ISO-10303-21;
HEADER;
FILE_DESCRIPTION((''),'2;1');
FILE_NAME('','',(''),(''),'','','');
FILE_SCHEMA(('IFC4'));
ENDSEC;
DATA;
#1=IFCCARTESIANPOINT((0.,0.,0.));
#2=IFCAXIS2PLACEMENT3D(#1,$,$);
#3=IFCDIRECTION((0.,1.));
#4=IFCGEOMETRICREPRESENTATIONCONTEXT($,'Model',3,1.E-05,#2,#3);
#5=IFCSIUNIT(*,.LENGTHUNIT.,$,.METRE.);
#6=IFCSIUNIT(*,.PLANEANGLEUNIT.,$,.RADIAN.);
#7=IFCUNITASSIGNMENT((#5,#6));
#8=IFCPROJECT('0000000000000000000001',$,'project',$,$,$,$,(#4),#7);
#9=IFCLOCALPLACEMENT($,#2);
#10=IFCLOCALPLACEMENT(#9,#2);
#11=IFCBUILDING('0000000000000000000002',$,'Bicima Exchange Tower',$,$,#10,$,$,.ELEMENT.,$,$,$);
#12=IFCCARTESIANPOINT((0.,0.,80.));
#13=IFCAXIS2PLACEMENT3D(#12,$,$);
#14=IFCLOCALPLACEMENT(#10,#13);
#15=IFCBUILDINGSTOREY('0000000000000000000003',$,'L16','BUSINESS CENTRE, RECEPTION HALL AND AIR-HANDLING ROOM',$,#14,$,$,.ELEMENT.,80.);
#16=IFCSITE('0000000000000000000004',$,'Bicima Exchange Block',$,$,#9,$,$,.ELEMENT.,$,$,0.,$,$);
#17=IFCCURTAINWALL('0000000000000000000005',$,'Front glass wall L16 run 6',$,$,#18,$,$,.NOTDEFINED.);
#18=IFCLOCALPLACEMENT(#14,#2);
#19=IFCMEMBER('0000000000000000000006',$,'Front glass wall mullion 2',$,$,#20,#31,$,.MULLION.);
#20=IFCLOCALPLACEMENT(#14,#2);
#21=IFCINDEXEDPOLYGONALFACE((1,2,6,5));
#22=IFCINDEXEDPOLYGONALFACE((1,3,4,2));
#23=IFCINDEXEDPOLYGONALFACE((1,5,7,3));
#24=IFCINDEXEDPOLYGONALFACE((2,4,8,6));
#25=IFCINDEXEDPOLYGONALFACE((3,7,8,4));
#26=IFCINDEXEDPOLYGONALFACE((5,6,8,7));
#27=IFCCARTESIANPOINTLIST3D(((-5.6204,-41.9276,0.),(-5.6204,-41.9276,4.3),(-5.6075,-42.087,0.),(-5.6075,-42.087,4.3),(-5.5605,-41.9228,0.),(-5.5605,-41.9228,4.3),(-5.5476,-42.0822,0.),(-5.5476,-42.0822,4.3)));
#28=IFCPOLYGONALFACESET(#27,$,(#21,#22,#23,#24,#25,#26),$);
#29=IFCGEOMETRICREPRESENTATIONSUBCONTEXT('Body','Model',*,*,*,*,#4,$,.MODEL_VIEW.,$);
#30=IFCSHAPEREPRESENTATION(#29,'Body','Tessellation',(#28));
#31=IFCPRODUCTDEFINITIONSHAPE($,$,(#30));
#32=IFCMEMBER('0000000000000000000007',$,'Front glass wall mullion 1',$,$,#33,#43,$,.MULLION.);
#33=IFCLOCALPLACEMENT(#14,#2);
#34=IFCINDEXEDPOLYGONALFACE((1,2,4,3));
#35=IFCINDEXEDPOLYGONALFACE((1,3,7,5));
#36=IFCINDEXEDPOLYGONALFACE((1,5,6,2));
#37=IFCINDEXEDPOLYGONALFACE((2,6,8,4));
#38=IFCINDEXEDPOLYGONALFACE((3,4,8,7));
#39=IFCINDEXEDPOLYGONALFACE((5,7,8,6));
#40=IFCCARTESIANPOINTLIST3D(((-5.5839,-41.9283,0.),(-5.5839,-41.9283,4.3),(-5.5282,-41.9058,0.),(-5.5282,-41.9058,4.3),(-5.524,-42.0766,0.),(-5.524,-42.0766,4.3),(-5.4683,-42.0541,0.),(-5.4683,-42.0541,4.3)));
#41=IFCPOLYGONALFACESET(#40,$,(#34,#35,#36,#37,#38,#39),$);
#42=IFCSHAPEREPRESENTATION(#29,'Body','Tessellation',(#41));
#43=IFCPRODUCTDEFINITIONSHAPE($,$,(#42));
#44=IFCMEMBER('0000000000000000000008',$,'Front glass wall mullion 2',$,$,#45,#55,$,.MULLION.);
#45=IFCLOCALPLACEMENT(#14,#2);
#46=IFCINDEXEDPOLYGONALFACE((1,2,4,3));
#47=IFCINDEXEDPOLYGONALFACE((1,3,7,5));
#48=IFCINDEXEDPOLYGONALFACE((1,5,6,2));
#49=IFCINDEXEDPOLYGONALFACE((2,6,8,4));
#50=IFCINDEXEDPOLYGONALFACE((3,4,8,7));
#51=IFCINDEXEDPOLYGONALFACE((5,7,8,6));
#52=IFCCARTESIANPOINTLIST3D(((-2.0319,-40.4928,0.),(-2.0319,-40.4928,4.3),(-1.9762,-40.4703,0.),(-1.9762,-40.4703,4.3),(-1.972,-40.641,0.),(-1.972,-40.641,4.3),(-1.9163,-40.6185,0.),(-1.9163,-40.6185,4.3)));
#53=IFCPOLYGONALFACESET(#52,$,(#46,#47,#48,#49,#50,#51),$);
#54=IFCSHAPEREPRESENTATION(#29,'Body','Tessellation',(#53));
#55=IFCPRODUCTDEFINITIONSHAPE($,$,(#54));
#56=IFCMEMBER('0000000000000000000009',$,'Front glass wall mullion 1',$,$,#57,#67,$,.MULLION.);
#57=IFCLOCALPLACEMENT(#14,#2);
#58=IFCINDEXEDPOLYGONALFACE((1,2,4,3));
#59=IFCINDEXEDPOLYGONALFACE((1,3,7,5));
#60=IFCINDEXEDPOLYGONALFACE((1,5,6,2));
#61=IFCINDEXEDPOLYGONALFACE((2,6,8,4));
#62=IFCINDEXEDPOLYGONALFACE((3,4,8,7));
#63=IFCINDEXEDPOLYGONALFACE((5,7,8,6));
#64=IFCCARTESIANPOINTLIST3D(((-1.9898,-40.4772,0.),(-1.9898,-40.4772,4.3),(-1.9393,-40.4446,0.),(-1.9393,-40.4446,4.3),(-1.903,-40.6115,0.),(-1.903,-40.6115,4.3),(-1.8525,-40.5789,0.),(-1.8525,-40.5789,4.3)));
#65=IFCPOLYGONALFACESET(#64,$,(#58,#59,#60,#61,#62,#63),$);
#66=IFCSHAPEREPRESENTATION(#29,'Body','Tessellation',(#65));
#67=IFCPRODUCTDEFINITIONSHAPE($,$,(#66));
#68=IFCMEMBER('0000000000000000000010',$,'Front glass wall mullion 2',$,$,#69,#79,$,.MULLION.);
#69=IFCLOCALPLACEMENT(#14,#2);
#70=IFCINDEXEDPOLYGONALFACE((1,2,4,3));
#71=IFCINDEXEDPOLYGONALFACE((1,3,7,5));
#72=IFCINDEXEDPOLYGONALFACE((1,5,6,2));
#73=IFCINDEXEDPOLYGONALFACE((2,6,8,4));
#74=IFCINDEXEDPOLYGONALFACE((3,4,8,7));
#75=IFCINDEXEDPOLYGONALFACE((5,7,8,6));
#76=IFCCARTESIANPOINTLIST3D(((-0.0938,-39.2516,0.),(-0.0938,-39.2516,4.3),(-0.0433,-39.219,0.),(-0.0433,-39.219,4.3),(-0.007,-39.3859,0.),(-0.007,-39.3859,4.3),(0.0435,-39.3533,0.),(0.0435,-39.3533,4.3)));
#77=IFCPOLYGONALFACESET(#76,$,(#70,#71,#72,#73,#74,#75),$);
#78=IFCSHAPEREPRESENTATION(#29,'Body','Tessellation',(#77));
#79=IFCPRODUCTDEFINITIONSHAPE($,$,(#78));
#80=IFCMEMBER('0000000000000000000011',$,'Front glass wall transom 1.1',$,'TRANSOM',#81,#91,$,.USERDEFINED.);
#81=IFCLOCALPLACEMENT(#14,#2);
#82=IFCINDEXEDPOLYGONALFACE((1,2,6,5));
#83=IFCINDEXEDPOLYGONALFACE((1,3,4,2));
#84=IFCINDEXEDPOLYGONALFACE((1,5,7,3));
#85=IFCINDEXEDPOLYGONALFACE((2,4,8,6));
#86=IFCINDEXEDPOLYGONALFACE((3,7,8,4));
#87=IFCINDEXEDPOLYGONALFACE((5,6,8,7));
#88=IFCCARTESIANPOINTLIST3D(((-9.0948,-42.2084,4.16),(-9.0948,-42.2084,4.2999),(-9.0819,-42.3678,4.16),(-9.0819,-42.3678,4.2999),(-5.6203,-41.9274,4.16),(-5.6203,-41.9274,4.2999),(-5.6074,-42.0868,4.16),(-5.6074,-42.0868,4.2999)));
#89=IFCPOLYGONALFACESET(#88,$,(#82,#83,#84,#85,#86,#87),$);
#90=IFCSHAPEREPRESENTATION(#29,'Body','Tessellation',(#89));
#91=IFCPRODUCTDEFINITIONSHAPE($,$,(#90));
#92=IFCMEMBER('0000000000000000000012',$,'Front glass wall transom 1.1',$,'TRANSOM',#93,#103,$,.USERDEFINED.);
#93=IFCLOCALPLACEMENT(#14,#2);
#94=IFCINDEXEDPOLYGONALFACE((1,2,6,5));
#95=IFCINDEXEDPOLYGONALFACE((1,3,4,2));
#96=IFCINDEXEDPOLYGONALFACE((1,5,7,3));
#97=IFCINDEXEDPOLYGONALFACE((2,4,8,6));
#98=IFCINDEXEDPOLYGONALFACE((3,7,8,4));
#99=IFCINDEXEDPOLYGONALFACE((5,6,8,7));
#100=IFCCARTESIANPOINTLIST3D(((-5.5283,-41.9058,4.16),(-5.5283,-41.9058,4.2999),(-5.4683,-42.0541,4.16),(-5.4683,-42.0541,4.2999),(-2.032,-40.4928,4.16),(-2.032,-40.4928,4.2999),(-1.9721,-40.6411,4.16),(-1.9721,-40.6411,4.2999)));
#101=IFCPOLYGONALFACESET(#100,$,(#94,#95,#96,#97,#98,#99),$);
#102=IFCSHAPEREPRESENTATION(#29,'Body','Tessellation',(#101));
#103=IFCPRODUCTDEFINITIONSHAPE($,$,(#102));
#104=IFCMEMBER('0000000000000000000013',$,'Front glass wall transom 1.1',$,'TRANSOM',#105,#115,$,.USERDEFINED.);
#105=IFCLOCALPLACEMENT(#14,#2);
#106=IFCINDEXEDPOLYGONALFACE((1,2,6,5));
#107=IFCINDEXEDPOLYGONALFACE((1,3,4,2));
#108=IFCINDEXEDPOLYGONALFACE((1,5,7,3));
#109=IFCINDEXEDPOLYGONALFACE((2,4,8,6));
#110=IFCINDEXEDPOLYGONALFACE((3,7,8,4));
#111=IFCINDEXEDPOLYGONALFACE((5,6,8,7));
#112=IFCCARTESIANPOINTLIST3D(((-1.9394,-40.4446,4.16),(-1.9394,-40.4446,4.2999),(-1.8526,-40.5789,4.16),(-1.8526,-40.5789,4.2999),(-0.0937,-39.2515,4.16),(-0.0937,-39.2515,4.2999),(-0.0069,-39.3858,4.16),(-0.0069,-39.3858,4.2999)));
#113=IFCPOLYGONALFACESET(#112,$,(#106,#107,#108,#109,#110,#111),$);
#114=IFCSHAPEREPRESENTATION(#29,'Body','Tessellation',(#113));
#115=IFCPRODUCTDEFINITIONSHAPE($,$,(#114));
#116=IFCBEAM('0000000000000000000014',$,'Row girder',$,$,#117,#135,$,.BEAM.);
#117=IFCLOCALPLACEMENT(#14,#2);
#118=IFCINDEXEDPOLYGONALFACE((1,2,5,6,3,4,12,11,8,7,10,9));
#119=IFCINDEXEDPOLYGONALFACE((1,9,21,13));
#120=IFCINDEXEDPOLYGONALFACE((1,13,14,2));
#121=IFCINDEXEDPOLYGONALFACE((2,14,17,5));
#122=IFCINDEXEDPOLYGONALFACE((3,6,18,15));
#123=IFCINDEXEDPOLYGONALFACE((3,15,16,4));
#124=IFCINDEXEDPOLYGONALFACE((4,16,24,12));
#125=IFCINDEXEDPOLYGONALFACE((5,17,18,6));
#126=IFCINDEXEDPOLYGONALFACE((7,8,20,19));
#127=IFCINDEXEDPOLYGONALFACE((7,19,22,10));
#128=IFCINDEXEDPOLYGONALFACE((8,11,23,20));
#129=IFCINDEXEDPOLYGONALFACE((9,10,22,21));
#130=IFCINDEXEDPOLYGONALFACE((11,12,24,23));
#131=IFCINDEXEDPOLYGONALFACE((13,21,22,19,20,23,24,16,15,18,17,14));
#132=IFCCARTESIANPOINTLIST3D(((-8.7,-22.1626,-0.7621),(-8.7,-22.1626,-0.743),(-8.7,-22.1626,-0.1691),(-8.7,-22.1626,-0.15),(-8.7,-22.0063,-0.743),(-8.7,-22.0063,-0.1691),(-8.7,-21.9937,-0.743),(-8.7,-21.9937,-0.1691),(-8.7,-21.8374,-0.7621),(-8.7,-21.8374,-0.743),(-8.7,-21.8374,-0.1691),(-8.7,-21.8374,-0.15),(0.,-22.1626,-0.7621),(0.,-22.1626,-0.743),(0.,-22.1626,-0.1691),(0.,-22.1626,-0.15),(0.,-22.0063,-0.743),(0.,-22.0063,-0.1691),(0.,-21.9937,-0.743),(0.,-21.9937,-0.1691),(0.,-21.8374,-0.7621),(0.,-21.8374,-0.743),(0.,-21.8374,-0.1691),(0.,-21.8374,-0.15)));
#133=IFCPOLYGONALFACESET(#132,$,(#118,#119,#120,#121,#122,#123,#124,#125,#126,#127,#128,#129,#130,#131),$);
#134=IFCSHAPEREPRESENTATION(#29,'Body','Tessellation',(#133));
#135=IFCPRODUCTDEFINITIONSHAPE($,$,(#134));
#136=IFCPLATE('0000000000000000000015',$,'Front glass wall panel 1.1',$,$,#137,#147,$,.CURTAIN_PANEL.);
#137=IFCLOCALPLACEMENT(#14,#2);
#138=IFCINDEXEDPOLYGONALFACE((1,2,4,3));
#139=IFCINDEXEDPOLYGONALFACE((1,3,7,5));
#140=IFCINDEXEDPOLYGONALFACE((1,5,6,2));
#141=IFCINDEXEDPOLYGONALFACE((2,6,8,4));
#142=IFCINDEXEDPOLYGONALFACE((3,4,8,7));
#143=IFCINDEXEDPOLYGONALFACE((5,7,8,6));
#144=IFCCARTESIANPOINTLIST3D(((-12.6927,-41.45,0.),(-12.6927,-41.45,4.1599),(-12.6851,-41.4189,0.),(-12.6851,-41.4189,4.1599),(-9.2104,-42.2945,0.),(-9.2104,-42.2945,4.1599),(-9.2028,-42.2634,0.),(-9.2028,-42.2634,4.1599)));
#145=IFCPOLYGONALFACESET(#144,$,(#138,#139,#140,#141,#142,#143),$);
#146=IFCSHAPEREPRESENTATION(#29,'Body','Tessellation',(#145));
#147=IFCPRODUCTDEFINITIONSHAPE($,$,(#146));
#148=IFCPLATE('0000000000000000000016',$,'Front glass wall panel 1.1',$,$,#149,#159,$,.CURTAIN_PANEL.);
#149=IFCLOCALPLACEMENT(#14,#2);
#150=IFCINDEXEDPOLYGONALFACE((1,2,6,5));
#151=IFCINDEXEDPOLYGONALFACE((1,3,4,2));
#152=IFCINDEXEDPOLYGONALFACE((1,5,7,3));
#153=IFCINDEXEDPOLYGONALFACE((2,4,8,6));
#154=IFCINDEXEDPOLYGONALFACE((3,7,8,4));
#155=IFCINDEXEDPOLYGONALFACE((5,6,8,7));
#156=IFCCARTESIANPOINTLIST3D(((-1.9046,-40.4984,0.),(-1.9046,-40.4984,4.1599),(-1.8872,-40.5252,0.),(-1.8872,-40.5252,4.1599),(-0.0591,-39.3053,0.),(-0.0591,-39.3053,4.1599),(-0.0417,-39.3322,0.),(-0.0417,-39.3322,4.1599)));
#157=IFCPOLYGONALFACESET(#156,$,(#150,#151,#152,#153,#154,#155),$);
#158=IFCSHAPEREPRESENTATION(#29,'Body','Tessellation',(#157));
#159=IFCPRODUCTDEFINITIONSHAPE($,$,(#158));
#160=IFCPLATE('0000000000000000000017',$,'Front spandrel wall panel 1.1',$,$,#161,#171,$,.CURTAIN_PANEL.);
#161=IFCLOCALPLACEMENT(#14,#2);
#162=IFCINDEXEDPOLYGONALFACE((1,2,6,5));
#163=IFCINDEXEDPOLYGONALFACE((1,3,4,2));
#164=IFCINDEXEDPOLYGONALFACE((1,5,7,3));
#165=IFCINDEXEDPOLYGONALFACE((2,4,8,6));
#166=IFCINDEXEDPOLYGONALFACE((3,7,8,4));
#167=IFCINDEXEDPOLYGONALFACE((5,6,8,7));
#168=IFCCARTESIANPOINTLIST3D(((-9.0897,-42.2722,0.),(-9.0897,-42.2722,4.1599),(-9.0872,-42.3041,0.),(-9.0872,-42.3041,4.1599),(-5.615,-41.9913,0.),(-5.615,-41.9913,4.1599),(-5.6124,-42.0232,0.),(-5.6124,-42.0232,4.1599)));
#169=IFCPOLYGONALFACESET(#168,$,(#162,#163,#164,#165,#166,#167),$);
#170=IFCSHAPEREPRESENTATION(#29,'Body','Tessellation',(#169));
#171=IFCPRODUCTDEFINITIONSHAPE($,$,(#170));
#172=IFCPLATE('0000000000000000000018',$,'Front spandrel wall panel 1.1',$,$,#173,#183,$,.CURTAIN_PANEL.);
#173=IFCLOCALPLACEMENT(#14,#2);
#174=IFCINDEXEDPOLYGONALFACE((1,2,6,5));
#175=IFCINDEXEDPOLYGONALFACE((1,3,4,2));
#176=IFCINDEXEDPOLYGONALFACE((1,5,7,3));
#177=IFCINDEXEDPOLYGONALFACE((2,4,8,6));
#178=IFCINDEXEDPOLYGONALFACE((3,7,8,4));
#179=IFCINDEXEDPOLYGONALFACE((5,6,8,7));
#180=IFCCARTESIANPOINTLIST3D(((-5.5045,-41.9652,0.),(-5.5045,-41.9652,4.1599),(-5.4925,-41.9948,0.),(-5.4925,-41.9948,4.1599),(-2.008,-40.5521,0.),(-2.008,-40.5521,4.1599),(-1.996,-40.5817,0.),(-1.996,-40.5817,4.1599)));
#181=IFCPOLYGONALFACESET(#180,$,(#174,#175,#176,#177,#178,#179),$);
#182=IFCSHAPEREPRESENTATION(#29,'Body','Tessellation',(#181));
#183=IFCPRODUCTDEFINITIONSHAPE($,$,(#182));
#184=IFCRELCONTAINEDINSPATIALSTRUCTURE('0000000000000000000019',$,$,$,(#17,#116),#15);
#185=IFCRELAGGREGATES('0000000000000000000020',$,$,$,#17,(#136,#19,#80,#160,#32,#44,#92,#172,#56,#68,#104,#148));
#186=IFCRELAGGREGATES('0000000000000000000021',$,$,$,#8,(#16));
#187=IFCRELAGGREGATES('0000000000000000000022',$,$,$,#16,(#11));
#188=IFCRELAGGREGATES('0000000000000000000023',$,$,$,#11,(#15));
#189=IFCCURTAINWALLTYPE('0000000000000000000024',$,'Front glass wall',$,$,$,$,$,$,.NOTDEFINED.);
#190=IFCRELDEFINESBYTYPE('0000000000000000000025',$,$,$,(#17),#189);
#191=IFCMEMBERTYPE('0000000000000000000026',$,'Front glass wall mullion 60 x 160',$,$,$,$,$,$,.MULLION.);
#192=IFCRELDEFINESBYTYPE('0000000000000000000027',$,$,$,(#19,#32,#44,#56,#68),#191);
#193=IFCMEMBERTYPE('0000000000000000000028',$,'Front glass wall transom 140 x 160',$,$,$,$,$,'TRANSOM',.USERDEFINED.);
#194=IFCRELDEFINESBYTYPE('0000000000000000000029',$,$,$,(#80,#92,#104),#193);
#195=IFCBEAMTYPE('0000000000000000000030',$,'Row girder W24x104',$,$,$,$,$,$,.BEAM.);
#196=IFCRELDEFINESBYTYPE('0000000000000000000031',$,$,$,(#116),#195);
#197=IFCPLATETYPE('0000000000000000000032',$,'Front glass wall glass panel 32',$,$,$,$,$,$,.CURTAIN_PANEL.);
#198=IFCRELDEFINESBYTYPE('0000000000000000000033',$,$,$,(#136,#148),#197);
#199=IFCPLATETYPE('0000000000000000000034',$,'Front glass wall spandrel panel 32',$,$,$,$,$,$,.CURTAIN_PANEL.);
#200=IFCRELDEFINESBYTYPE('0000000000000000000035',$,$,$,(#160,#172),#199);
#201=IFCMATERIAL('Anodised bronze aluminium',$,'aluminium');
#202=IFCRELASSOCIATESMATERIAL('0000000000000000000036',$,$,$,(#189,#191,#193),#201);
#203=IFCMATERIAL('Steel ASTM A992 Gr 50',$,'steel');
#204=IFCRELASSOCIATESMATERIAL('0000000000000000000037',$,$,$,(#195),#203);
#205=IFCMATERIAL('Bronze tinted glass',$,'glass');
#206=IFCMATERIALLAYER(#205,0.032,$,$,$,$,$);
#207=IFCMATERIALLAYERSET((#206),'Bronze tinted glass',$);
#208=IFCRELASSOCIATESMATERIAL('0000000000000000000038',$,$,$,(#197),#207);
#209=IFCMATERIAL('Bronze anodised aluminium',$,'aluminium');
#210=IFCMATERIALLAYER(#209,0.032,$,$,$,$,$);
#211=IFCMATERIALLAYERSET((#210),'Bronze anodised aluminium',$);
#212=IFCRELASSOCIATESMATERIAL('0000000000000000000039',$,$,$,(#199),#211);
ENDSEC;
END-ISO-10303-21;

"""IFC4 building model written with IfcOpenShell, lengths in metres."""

from ifc_helpers import new_model, si_unit, direction, frame, origin, origin_2d, place, context, subcontext, project, spatial, rectangle, i_section, extrude, material, layer, layer_set, material_profile, profile_set, type_object, element, aggregate, save


model = new_model("IFC4")

# Units and contexts
model_context = context("Model", 3, precision=1e-05, world=origin(), true_north=direction((0.0, 1.0)))
body_context = subcontext(model_context, "Body", "Model", "MODEL_VIEW")
ifc_project = project(units=[si_unit("LENGTHUNIT", "METRE"), si_unit("PLANEANGLEUNIT", "RADIAN")], contexts=[model_context])

# Site, building, storey
site_placement = place(None, origin())
site = spatial("IfcSite", under=ifc_project, at=site_placement, Name="Bicima Exchange Block", CompositionType="ELEMENT", RefElevation=0.0)
building_placement = place(site_placement, origin())
building = spatial("IfcBuilding", under=site, at=building_placement, Name="Bicima Exchange Tower", CompositionType="ELEMENT")
storey_placement = place(building_placement, frame((0.0, 0.0, 80.0)))
storey = spatial("IfcBuildingStorey", under=building, at=storey_placement, Name="L16", Description="BUSINESS CENTRE, RECEPTION HALL AND AIR-HANDLING ROOM", CompositionType="ELEMENT", Elevation=80.0)

# Shared definitions
ifc_material_1 = material(Name="Steel ASTM A992 Gr 50", Category="steel")

# Curtain wall, members
ifc_material_2 = material(Name="Anodised bronze aluminium", Category="aluminium")
curtain_wall_type = type_object("IfcCurtainWallType", Name="Front glass wall", PredefinedType="NOTDEFINED", material=ifc_material_2)
curtain_wall_placement = place(storey_placement, origin())
curtain_wall = element("IfcCurtainWall", 1, at=curtain_wall_placement, inside=storey, type_object=curtain_wall_type, Name="Front glass wall L16 run 6", PredefinedType="NOTDEFINED")
ifc_material_profile_1 = material_profile(ifc_material_2, rectangle(XDim=0.1599, YDim=0.0601, at=origin_2d()))
ifc_profile_set_1 = profile_set([ifc_material_profile_1], Name="Anodised bronze aluminium")
member_type_1 = type_object("IfcMemberType", Name="Front glass wall mullion 60 x 160", PredefinedType="MULLION", material=ifc_profile_set_1)
member_1_placement = place(storey_placement, frame((-5.584, -42.0049, 0.0), z_axis=(0.0, 0.0, 1.0), x_axis=(-0.080589, 0.996747, 0.0)))
member_1 = element("IfcMember", 2, at=member_1_placement, type_object=member_type_1, Name="Front glass wall mullion 2", PredefinedType="MULLION", context=body_context, shape_type="SweptSolid", body=[
    extrude(rectangle(XDim=0.1599, YDim=0.0601, at=origin_2d()), origin(), (0.0, 0.0, 1.0), 4.3),
])
member_2_placement = place(storey_placement, frame((-5.5261, -41.9912, 0.0), z_axis=(0.0, 0.0, 1.0), x_axis=(-0.374705, 0.927144, 0.0)))
member_2 = element("IfcMember", 3, at=member_2_placement, type_object=member_type_1, Name="Front glass wall mullion 1", PredefinedType="MULLION", context=body_context, shape_type="SweptSolid", body=[
    extrude(rectangle(XDim=0.1599, YDim=0.0601, at=origin_2d()), origin(), (0.0, 0.0, 1.0), 4.3),
])
member_3_placement = place(storey_placement, frame((-1.9741, -40.5557, 0.0), z_axis=(0.0, 0.0, 1.0), x_axis=(-0.374705, 0.927144, 0.0)))
member_3 = element("IfcMember", 4, at=member_3_placement, type_object=member_type_1, Name="Front glass wall mullion 2", PredefinedType="MULLION", context=body_context, shape_type="SweptSolid", body=[
    extrude(rectangle(XDim=0.1599, YDim=0.0601, at=origin_2d()), origin(), (0.0, 0.0, 1.0), 4.3),
])
member_4_placement = place(storey_placement, frame((-1.9211, -40.5281, 0.0), z_axis=(0.0, 0.0, 1.0), x_axis=(-0.542897, 0.839799, 0.0)))
member_4 = element("IfcMember", 5, at=member_4_placement, type_object=member_type_1, Name="Front glass wall mullion 1", PredefinedType="MULLION", context=body_context, shape_type="SweptSolid", body=[
    extrude(rectangle(XDim=0.1599, YDim=0.0601, at=origin_2d()), origin(), (0.0, 0.0, 1.0), 4.3),
])
member_5_placement = place(storey_placement, frame((-0.0251, -39.3025, 0.0), z_axis=(0.0, 0.0, 1.0), x_axis=(-0.542897, 0.839799, 0.0)))
member_5 = element("IfcMember", 6, at=member_5_placement, type_object=member_type_1, Name="Front glass wall mullion 2", PredefinedType="MULLION", context=body_context, shape_type="SweptSolid", body=[
    extrude(rectangle(XDim=0.1599, YDim=0.0601, at=origin_2d()), origin(), (0.0, 0.0, 1.0), 4.3),
])
ifc_material_profile_2 = material_profile(ifc_material_2, rectangle(XDim=0.1599, YDim=0.1399, at=origin_2d()))
ifc_profile_set_2 = profile_set([ifc_material_profile_2], Name="Anodised bronze aluminium")
member_type_2 = type_object("IfcMemberType", Name="Front glass wall transom 140 x 160", ElementType="TRANSOM", PredefinedType="USERDEFINED", material=ifc_profile_set_2)
member_6_placement = place(storey_placement, frame((-9.0884, -42.2881, 4.23), z_axis=(0.996746, 0.080611, 0.0), x_axis=(-0.080611, 0.996746, 0.0)))
member_6 = element("IfcMember", 7, at=member_6_placement, type_object=member_type_2, Name="Front glass wall transom 1.1", ObjectType="TRANSOM", PredefinedType="USERDEFINED", context=body_context, shape_type="SweptSolid", body=[
    extrude(rectangle(XDim=0.1599, YDim=0.1399, at=origin_2d()), origin(), (0.0, 0.0, 1.0), 3.4858),
])
member_7_placement = place(storey_placement, frame((-5.4983, -41.98, 4.23), z_axis=(0.92714, 0.374715, 0.0), x_axis=(-0.374715, 0.92714, 0.0)))
member_7 = element("IfcMember", 8, at=member_7_placement, type_object=member_type_2, Name="Front glass wall transom 1.1", ObjectType="TRANSOM", PredefinedType="USERDEFINED", context=body_context, shape_type="SweptSolid", body=[
    extrude(rectangle(XDim=0.1599, YDim=0.1399, at=origin_2d()), origin(), (0.0, 0.0, 1.0), 3.771),
])
member_8_placement = place(storey_placement, frame((-1.896, -40.5117, 4.23), z_axis=(0.839811, 0.542878, 0.0), x_axis=(-0.542878, 0.839811, 0.0)))
member_8 = element("IfcMember", 9, at=member_8_placement, type_object=member_type_2, Name="Front glass wall transom 1.1", ObjectType="TRANSOM", PredefinedType="USERDEFINED", context=body_context, shape_type="SweptSolid", body=[
    extrude(rectangle(XDim=0.1599, YDim=0.1399, at=origin_2d()), origin(), (0.0, 0.0, 1.0), 2.1978),
])

# Beam
ifc_material_profile_3 = material_profile(ifc_material_1, i_section(OverallWidth=0.3252, OverallDepth=0.6121, WebThickness=0.0127, FlangeThickness=0.019, at=origin_2d()))
ifc_profile_set_3 = profile_set([ifc_material_profile_3], Name="Steel ASTM A992 Gr 50")
beam_type_1 = type_object("IfcBeamType", Name="Row girder W24x104", PredefinedType="BEAM", material=ifc_profile_set_3)
beam_1_placement = place(storey_placement, frame((-8.7, -22.0, -0.4561), z_axis=(1.0, 0.0, 0.0), x_axis=(0.0, 1.0, 0.0)))
element("IfcBeam", 10, at=beam_1_placement, inside=storey, type_object=beam_type_1, Name="Row girder", PredefinedType="BEAM", context=body_context, shape_type="SweptSolid", body=[
    extrude(i_section(OverallWidth=0.3252, OverallDepth=0.6121, WebThickness=0.0127, FlangeThickness=0.019, at=origin_2d()), origin(), (0.0, 0.0, 1.0), 8.7),
])

# Plates
ifc_material_3 = material(Name="Bronze tinted glass", Category="glass")
ifc_layer_1 = layer(ifc_material_3, 0.032)
ifc_layer_set_1 = layer_set([ifc_layer_1], Name="Bronze tinted glass")
plate_type_1 = type_object("IfcPlateType", Name="Front glass wall glass panel 32", PredefinedType="CURTAIN_PANEL", material=ifc_layer_set_1)
plate_1_placement = place(storey_placement, frame((-10.9478, -41.8567, 0.0), z_axis=(0.0, 0.0, 1.0), x_axis=(0.97183, -0.235682, 0.0)))
plate_1 = element("IfcPlate", 11, at=plate_1_placement, type_object=plate_type_1, Name="Front glass wall panel 1.1", PredefinedType="CURTAIN_PANEL", context=body_context, shape_type="SweptSolid", body=[
    extrude(rectangle(XDim=3.5833, YDim=0.032, at=origin_2d()), origin(), (0.0, 0.0, 1.0), 4.1599),
])
plate_2_placement = place(storey_placement, frame((-0.9731, -39.9153, 0.0), z_axis=(0.0, 0.0, 1.0), x_axis=(0.839799, 0.542897, 0.0)))
plate_2 = element("IfcPlate", 12, at=plate_2_placement, type_object=plate_type_1, Name="Front glass wall panel 1.1", PredefinedType="CURTAIN_PANEL", context=body_context, shape_type="SweptSolid", body=[
    extrude(rectangle(XDim=2.1975, YDim=0.032, at=origin_2d()), origin(), (0.0, 0.0, 1.0), 4.1599),
])
ifc_material_4 = material(Name="Bronze anodised aluminium", Category="aluminium")
ifc_layer_2 = layer(ifc_material_4, 0.032)
ifc_layer_set_2 = layer_set([ifc_layer_2], Name="Bronze anodised aluminium")
plate_type_2 = type_object("IfcPlateType", Name="Front glass wall spandrel panel 32", PredefinedType="CURTAIN_PANEL", material=ifc_layer_set_2)
plate_3_placement = place(storey_placement, frame((-7.3511, -42.1477, 0.0), z_axis=(0.0, 0.0, 1.0), x_axis=(0.996747, 0.080589, 0.0)))
plate_3 = element("IfcPlate", 13, at=plate_3_placement, type_object=plate_type_2, Name="Front spandrel wall panel 1.1", PredefinedType="CURTAIN_PANEL", context=body_context, shape_type="SweptSolid", body=[
    extrude(rectangle(XDim=3.4861, YDim=0.032, at=origin_2d()), origin(), (0.0, 0.0, 1.0), 4.1599),
])
plate_4_placement = place(storey_placement, frame((-3.7502, -41.2734, 0.0), z_axis=(0.0, 0.0, 1.0), x_axis=(0.927144, 0.374705, 0.0)))
plate_4 = element("IfcPlate", 14, at=plate_4_placement, type_object=plate_type_2, Name="Front spandrel wall panel 1.1", PredefinedType="CURTAIN_PANEL", context=body_context, shape_type="SweptSolid", body=[
    extrude(rectangle(XDim=3.7712, YDim=0.032, at=origin_2d()), origin(), (0.0, 0.0, 1.0), 4.1599),
])
aggregate(curtain_wall, [plate_1, member_1, member_6, plate_3, member_2, member_3, member_7, plate_4, member_4, member_5, member_8, plate_2])

save(model, "model.ifc")
